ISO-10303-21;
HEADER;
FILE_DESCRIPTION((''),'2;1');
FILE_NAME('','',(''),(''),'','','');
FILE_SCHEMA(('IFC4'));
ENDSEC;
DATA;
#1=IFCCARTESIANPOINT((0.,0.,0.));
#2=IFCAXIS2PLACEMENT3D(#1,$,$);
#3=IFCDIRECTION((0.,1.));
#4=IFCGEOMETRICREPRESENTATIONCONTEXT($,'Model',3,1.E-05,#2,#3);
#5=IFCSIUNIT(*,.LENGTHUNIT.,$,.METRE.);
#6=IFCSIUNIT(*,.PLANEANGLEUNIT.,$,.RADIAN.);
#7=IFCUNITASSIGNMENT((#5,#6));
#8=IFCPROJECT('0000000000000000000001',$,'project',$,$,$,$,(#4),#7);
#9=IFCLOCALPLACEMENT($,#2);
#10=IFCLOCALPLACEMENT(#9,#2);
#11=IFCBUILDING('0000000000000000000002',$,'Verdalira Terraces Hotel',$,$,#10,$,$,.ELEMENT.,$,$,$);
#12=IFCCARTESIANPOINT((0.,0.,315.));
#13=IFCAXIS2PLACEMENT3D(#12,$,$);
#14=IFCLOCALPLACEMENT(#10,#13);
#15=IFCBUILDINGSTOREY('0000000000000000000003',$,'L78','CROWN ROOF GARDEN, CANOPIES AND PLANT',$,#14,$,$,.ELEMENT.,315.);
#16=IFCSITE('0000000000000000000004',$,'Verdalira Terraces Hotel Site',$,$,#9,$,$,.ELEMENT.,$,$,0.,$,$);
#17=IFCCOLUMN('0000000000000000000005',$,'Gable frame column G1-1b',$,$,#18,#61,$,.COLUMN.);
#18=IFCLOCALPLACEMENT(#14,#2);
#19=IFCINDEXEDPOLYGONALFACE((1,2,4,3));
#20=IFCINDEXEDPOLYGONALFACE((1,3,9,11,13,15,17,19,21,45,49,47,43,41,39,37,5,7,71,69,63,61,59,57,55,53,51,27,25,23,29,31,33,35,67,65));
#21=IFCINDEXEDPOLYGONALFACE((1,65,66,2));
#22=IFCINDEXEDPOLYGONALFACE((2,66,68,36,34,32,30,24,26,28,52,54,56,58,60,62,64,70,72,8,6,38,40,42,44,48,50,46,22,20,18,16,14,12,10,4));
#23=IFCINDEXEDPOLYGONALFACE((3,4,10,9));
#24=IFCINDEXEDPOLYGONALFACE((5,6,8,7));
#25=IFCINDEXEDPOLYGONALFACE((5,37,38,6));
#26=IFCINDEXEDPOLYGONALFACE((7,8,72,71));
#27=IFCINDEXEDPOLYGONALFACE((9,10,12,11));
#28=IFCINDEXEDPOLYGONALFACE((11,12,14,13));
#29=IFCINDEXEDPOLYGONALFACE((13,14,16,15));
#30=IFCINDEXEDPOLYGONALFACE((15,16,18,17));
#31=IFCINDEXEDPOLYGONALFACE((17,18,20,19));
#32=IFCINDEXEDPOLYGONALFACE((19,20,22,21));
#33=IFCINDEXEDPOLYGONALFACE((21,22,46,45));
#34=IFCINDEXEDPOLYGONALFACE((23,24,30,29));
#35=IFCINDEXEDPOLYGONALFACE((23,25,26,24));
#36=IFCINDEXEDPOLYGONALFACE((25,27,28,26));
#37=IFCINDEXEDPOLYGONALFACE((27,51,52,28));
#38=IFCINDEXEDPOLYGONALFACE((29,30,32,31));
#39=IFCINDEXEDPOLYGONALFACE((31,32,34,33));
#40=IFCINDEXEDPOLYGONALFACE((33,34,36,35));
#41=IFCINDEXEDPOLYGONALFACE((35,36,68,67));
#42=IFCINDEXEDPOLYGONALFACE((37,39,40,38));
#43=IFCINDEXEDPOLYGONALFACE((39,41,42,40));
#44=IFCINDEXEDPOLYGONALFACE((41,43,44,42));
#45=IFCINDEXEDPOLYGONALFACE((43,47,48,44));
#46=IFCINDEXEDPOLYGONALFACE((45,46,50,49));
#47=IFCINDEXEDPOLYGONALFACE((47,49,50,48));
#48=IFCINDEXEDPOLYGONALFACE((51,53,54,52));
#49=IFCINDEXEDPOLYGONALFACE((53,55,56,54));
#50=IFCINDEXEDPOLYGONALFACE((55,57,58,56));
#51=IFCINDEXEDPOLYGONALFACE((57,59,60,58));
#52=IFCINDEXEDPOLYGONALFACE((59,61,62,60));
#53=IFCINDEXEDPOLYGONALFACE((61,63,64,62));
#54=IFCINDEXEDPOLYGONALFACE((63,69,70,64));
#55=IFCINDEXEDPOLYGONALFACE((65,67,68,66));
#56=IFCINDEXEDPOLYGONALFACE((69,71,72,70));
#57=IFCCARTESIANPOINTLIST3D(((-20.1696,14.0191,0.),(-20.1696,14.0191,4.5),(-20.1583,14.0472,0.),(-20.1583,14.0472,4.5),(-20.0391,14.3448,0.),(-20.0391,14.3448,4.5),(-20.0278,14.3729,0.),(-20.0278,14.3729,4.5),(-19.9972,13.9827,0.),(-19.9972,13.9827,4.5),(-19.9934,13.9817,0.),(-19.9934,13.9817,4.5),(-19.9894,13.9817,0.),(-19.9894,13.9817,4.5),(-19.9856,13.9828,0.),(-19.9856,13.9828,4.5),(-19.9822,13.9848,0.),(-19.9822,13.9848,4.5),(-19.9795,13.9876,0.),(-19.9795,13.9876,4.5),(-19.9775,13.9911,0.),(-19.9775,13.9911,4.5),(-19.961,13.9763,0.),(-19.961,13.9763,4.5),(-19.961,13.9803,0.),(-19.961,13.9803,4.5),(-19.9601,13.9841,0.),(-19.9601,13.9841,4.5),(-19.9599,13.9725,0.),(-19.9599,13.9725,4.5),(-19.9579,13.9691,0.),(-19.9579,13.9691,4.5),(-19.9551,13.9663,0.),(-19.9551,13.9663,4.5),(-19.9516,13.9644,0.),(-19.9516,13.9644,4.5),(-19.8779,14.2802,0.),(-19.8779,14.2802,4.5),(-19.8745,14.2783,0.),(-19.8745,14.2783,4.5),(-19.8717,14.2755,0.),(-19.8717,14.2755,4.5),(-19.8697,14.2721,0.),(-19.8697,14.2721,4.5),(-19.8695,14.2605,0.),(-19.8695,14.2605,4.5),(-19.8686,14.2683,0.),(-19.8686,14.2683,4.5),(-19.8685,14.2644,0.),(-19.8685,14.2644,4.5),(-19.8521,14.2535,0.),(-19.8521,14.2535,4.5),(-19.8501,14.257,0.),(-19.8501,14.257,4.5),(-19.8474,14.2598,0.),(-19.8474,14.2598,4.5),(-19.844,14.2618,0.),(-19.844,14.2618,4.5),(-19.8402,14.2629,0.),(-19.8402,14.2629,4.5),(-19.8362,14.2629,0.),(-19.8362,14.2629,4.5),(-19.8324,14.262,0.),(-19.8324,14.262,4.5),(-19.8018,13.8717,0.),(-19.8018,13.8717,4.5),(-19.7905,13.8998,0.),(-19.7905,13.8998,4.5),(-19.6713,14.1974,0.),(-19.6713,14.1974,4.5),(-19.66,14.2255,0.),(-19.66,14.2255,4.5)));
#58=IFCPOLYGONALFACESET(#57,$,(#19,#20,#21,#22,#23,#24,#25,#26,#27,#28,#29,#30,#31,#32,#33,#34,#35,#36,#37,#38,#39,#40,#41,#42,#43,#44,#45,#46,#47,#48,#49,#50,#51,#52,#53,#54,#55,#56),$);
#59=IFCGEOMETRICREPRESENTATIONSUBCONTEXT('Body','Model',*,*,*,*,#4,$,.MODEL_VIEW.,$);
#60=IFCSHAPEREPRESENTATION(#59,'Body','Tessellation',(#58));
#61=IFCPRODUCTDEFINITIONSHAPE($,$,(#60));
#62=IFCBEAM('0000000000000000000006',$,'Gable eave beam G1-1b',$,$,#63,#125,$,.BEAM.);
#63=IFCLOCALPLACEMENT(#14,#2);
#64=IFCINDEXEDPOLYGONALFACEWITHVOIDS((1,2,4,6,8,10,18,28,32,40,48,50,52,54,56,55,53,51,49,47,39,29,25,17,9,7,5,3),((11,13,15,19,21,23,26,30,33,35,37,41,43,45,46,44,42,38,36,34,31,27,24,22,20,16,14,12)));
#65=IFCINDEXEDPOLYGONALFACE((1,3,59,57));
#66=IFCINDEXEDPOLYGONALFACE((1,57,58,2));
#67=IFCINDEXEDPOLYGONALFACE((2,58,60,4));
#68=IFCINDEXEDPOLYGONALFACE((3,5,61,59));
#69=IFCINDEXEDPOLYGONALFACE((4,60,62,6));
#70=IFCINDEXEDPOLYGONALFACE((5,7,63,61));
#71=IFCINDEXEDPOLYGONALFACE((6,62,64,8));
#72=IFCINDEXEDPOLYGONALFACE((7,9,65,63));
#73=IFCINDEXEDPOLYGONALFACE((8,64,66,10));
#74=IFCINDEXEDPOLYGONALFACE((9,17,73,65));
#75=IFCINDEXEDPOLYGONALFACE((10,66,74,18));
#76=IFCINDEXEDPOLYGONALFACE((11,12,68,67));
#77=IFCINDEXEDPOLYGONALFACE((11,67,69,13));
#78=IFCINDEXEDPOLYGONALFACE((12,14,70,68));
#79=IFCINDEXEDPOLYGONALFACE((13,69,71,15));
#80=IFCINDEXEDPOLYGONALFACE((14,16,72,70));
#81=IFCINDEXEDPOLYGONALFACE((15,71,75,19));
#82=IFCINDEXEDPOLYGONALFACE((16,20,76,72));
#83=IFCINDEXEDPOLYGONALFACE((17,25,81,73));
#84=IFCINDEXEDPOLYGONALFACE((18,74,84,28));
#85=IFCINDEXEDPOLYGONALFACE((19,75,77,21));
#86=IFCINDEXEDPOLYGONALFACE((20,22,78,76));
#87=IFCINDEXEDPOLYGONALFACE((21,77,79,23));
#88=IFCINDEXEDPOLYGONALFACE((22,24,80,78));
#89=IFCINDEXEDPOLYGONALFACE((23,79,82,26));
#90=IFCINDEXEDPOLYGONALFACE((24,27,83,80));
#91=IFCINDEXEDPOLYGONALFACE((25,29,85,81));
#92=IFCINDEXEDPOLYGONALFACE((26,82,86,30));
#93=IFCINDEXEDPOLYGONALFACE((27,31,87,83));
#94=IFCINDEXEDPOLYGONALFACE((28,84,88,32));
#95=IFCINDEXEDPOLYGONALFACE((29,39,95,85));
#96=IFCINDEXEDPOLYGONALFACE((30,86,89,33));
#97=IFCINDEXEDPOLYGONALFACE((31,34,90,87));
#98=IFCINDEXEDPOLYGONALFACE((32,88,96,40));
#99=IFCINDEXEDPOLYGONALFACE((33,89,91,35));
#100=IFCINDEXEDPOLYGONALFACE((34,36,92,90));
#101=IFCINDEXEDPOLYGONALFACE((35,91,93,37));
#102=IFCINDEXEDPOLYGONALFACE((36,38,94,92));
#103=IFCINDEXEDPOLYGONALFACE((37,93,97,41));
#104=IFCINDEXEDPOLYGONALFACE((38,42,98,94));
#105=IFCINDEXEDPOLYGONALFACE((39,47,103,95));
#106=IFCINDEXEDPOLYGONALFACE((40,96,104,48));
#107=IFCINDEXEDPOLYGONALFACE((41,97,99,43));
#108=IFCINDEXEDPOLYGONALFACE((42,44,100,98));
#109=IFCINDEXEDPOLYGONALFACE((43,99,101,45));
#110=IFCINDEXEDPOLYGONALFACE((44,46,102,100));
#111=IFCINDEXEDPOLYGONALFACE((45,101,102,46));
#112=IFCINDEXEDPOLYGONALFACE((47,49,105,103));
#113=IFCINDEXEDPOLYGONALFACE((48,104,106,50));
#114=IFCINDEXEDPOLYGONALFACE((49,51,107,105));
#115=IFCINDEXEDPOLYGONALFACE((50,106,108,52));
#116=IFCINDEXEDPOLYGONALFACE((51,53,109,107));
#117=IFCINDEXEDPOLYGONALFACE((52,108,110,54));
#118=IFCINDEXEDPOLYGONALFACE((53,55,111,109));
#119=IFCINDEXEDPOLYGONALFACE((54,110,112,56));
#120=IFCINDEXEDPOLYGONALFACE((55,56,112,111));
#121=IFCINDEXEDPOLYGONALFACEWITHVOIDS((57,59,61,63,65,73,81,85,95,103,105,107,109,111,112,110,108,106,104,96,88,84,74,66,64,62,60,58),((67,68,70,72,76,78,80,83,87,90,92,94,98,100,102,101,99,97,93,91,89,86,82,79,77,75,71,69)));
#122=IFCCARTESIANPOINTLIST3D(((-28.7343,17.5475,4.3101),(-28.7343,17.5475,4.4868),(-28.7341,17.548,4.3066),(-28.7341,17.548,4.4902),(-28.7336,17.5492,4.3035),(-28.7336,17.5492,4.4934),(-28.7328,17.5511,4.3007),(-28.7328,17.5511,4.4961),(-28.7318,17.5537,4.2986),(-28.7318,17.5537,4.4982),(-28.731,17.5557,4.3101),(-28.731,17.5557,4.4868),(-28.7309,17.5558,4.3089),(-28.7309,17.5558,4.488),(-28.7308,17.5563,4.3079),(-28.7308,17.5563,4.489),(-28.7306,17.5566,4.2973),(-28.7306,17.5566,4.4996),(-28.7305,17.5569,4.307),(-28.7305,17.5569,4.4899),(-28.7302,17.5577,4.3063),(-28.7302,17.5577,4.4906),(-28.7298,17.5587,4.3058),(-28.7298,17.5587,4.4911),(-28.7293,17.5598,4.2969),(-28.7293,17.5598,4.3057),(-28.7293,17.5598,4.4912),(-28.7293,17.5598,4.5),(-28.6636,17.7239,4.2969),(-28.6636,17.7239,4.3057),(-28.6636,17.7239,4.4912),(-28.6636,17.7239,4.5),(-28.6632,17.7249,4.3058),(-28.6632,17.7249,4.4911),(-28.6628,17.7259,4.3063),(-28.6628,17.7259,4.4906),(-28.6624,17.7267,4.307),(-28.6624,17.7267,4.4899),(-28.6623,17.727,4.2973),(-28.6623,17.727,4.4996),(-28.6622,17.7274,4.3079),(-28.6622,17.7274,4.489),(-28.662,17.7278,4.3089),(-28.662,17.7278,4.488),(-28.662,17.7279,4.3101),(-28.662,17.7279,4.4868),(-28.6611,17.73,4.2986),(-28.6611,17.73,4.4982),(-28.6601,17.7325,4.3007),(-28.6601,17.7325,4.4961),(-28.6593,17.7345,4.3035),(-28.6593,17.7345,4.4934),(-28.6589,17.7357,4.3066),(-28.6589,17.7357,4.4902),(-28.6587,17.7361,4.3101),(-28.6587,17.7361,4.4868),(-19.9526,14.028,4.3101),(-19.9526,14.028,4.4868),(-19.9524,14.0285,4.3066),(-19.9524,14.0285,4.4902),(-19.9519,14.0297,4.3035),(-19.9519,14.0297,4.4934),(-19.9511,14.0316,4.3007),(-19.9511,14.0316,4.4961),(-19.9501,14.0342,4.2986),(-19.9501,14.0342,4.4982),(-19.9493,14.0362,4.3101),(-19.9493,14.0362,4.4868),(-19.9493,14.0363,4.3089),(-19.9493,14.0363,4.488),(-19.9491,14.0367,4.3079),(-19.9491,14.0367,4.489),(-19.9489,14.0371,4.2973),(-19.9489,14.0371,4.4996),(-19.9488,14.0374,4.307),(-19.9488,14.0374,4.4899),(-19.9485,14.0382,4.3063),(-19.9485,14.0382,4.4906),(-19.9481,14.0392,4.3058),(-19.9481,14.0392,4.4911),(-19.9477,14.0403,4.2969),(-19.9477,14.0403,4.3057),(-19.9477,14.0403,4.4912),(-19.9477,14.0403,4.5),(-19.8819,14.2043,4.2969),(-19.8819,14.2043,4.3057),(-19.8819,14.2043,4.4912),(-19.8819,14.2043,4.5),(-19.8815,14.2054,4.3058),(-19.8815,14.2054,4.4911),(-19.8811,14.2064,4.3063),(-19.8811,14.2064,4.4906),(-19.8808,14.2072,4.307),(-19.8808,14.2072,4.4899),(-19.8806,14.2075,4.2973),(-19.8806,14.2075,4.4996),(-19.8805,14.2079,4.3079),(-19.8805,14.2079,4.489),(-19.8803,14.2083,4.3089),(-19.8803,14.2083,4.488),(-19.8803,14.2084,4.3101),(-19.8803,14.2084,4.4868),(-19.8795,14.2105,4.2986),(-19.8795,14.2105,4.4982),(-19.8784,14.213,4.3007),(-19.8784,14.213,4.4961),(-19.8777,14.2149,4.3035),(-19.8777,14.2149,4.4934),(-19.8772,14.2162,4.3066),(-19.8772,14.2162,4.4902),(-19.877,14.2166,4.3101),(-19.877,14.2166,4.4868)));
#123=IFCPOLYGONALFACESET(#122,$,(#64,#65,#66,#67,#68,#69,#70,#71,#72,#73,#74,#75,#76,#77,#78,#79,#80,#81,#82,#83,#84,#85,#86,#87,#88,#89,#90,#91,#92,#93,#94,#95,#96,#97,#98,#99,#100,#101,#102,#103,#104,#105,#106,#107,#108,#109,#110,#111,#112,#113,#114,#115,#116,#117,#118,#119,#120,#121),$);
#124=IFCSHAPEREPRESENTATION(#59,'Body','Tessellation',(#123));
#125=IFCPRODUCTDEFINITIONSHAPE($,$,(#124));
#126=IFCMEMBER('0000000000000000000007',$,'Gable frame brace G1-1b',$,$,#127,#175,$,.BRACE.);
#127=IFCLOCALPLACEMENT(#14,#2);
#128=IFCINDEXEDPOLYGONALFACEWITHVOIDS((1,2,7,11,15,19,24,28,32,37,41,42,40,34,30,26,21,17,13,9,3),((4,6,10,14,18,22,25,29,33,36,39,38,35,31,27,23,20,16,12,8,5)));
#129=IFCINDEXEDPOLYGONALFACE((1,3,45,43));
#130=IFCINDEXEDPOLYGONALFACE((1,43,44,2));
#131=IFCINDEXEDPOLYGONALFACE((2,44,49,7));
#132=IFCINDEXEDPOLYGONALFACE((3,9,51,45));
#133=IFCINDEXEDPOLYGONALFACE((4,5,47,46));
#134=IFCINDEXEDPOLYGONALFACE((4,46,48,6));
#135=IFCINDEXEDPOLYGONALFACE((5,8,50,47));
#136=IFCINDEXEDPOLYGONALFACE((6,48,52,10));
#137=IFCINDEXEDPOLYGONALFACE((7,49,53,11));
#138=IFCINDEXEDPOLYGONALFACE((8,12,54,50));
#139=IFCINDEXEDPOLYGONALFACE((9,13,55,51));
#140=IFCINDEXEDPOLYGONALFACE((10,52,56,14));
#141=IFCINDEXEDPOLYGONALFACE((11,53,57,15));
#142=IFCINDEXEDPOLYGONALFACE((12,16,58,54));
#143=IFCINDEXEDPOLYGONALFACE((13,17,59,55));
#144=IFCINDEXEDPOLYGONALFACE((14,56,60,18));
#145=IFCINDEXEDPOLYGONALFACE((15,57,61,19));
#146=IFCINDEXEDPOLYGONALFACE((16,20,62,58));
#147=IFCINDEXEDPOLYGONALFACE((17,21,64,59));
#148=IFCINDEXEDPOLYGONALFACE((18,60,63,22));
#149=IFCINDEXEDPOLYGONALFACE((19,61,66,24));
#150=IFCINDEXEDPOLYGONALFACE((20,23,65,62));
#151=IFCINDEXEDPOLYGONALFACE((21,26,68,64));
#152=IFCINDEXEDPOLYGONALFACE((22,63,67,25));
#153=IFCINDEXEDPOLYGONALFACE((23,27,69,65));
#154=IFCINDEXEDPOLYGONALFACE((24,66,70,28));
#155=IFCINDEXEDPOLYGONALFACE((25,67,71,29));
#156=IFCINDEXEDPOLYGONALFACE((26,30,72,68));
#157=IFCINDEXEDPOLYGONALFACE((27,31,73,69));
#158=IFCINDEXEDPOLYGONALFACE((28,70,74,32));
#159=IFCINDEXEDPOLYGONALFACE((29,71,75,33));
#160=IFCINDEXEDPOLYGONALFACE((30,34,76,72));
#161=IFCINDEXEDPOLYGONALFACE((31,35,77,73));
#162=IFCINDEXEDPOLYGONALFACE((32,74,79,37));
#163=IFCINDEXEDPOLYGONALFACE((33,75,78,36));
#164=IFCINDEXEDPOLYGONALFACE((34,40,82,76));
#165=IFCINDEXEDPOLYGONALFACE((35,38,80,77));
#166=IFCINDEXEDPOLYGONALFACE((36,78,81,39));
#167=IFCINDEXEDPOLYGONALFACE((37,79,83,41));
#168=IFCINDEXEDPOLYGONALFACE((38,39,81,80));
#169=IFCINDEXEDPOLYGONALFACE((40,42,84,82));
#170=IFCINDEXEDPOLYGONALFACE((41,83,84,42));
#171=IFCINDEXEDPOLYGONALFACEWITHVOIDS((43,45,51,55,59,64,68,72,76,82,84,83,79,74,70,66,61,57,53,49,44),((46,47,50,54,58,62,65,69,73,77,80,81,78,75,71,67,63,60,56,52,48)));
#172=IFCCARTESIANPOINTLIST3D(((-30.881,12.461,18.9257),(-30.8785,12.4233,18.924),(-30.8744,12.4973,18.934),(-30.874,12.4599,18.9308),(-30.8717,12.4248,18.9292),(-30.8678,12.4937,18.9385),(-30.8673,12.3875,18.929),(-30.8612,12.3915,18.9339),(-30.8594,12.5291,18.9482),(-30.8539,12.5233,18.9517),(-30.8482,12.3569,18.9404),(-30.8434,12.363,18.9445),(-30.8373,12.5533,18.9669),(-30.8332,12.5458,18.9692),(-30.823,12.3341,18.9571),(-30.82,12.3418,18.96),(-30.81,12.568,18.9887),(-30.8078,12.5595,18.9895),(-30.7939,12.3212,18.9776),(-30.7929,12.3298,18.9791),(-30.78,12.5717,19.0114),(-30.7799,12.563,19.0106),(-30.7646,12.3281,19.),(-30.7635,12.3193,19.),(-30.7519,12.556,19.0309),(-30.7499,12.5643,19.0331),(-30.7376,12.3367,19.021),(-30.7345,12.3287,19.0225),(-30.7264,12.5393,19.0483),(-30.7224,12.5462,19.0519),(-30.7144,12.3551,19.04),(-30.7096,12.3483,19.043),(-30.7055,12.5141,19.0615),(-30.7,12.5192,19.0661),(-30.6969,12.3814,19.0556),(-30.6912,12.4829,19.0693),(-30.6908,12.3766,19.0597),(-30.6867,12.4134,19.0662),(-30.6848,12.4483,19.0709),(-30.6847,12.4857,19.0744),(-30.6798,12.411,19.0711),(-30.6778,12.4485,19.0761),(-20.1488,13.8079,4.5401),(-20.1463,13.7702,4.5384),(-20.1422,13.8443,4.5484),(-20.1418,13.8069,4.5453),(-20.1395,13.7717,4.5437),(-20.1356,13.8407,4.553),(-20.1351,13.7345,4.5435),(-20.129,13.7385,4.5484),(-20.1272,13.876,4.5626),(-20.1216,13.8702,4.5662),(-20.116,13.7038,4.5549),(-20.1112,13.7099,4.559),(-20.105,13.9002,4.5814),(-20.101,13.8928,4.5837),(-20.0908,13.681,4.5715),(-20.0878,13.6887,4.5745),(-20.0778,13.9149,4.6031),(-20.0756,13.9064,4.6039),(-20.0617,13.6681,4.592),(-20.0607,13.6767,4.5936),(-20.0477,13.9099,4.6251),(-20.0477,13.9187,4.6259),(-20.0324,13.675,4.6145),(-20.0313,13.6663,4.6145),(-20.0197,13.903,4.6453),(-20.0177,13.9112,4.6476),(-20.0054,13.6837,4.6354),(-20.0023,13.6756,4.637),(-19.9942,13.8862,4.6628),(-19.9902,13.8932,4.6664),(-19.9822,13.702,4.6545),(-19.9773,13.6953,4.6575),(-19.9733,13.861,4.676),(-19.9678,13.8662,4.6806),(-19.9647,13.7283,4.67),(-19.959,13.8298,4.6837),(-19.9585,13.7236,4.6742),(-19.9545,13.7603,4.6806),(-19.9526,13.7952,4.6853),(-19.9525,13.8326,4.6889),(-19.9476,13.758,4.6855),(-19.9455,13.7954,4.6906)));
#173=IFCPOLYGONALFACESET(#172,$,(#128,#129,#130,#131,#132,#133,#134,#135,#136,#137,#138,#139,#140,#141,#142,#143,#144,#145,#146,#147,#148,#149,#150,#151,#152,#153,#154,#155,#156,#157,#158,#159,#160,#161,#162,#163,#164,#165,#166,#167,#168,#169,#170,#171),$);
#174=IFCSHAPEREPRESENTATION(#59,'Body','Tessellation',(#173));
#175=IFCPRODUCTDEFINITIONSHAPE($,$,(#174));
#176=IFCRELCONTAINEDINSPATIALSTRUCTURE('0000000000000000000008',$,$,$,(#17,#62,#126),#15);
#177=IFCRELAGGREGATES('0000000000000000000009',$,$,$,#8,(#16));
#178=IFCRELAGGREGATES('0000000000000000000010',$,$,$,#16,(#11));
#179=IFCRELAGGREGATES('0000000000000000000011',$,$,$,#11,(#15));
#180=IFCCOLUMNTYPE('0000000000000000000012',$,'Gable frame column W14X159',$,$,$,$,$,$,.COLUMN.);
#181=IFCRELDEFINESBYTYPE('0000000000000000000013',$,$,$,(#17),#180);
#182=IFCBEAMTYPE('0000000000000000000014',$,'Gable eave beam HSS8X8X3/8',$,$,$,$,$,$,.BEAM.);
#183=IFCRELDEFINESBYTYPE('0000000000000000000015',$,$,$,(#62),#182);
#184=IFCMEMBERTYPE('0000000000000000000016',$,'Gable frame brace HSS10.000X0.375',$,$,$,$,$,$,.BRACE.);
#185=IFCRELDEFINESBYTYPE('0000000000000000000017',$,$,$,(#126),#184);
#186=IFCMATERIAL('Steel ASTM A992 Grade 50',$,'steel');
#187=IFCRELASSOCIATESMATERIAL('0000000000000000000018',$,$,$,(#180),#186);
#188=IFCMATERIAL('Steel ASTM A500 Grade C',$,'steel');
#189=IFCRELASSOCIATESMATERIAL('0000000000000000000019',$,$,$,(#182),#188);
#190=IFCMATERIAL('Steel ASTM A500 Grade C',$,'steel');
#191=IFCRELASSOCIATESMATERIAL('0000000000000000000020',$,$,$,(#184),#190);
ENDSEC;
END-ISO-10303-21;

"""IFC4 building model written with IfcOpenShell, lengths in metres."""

from ifc_helpers import new_model, si_unit, direction, frame, origin, origin_2d, place, context, subcontext, project, spatial, hollow_rectangle, hollow_circle, i_section, extrude, material, material_profile, profile_set, type_object, element, save


model = new_model("IFC4")

# Units and contexts
model_context = context("Model", 3, precision=1e-05, world=origin(), true_north=direction((0.0, 1.0)))
body_context = subcontext(model_context, "Body", "Model", "MODEL_VIEW")
ifc_project = project(units=[si_unit("LENGTHUNIT", "METRE"), si_unit("PLANEANGLEUNIT", "RADIAN")], contexts=[model_context])

# Site, building, storey
site_placement = place(None, origin())
site = spatial("IfcSite", under=ifc_project, at=site_placement, Name="Verdalira Terraces Hotel Site", CompositionType="ELEMENT", RefElevation=0.0)
building_placement = place(site_placement, origin())
building = spatial("IfcBuilding", under=site, at=building_placement, Name="Verdalira Terraces Hotel", CompositionType="ELEMENT")
storey_placement = place(building_placement, frame((0.0, 0.0, 315.0)))
storey = spatial("IfcBuildingStorey", under=building, at=storey_placement, Name="L78", Description="CROWN ROOF GARDEN, CANOPIES AND PLANT", CompositionType="ELEMENT", Elevation=315.0)

# Column
ifc_material_1 = material(Name="Steel ASTM A992 Grade 50", Category="steel")
ifc_material_profile_1 = material_profile(ifc_material_1, i_section(OverallWidth=0.3962, OverallDepth=0.3811, WebThickness=0.0188, FlangeThickness=0.0303, FilletRadius=0.0151, at=origin_2d()), Name="W14X159")
ifc_profile_set_1 = profile_set([ifc_material_profile_1], Name="Steel ASTM A992 Grade 50")
column_type = type_object("IfcColumnType", Name="Gable frame column W14X159", PredefinedType="COLUMN", material=ifc_profile_set_1)
column_placement = place(storey_placement, frame((-19.9148, 14.1223, 0.0), z_axis=(0.0, 0.0, 1.0), x_axis=(-0.928226, 0.372016, 0.0)))
element("IfcColumn", 1, at=column_placement, inside=storey, type_object=column_type, Name="Gable frame column G1-1b", PredefinedType="COLUMN", context=body_context, shape_type="SweptSolid", body=[
    extrude(i_section(OverallWidth=0.3962, OverallDepth=0.3811, WebThickness=0.0188, FlangeThickness=0.0303, FilletRadius=0.0151, at=origin_2d()), origin(), (0.0, 0.0, 1.0), 4.5),
])

# Beam
ifc_material_2 = material(Name="Steel ASTM A500 Grade C", Category="steel")
ifc_material_profile_2 = material_profile(ifc_material_2, hollow_rectangle(XDim=0.2031, YDim=0.2031, WallThickness=0.0088, InnerFilletRadius=0.0044, OuterFilletRadius=0.0132, at=origin_2d()), Name="HSS8X8X3/8")
ifc_profile_set_2 = profile_set([ifc_material_profile_2], Name="Steel ASTM A500 Grade C")
beam_type_1 = type_object("IfcBeamType", Name="Gable eave beam HSS8X8X3/8", PredefinedType="BEAM", material=ifc_profile_set_2)
beam_1_placement = place(storey_placement, frame((-19.9148, 14.1223, 4.3984), z_axis=(-0.928227, 0.372013, 0.0), x_axis=(-0.372013, -0.928227, 0.0)))
element("IfcBeam", 2, at=beam_1_placement, inside=storey, type_object=beam_type_1, Name="Gable eave beam G1-1b", PredefinedType="BEAM", context=body_context, shape_type="SweptSolid", body=[
    extrude(hollow_rectangle(XDim=0.2031, YDim=0.2031, WallThickness=0.0088, InnerFilletRadius=0.0044, OuterFilletRadius=0.0132, at=origin_2d()), origin(), (0.0, 0.0, 1.0), 9.4607),
])

# Member
ifc_material_3 = material(Name="Steel ASTM A500 Grade C", Category="steel")
ifc_material_profile_3 = material_profile(ifc_material_3, hollow_circle(Radius=0.127, WallThickness=0.0088, at=origin_2d()), Name="HSS10.000X0.375")
ifc_profile_set_3 = profile_set([ifc_material_profile_3], Name="Steel ASTM A500 Grade C")
member_type_1 = type_object("IfcMemberType", Name="Gable frame brace HSS10.000X0.375", PredefinedType="BRACE", material=ifc_profile_set_3)
member_1_placement = place(storey_placement, frame((-20.0471, 13.7922, 4.6145), z_axis=(-0.596291, -0.074836, 0.799273), x_axis=(0.124526, -0.992216, 0.0)))
element("IfcMember", 3, at=member_1_placement, inside=storey, type_object=member_type_1, Name="Gable frame brace G1-1b", PredefinedType="BRACE", context=body_context, shape_type="SweptSolid", body=[
    extrude(hollow_circle(Radius=0.127, WallThickness=0.0088, at=origin_2d()), origin(), (0.0, 0.0, 1.0), 17.9983),
])

save(model, "model.ifc")
